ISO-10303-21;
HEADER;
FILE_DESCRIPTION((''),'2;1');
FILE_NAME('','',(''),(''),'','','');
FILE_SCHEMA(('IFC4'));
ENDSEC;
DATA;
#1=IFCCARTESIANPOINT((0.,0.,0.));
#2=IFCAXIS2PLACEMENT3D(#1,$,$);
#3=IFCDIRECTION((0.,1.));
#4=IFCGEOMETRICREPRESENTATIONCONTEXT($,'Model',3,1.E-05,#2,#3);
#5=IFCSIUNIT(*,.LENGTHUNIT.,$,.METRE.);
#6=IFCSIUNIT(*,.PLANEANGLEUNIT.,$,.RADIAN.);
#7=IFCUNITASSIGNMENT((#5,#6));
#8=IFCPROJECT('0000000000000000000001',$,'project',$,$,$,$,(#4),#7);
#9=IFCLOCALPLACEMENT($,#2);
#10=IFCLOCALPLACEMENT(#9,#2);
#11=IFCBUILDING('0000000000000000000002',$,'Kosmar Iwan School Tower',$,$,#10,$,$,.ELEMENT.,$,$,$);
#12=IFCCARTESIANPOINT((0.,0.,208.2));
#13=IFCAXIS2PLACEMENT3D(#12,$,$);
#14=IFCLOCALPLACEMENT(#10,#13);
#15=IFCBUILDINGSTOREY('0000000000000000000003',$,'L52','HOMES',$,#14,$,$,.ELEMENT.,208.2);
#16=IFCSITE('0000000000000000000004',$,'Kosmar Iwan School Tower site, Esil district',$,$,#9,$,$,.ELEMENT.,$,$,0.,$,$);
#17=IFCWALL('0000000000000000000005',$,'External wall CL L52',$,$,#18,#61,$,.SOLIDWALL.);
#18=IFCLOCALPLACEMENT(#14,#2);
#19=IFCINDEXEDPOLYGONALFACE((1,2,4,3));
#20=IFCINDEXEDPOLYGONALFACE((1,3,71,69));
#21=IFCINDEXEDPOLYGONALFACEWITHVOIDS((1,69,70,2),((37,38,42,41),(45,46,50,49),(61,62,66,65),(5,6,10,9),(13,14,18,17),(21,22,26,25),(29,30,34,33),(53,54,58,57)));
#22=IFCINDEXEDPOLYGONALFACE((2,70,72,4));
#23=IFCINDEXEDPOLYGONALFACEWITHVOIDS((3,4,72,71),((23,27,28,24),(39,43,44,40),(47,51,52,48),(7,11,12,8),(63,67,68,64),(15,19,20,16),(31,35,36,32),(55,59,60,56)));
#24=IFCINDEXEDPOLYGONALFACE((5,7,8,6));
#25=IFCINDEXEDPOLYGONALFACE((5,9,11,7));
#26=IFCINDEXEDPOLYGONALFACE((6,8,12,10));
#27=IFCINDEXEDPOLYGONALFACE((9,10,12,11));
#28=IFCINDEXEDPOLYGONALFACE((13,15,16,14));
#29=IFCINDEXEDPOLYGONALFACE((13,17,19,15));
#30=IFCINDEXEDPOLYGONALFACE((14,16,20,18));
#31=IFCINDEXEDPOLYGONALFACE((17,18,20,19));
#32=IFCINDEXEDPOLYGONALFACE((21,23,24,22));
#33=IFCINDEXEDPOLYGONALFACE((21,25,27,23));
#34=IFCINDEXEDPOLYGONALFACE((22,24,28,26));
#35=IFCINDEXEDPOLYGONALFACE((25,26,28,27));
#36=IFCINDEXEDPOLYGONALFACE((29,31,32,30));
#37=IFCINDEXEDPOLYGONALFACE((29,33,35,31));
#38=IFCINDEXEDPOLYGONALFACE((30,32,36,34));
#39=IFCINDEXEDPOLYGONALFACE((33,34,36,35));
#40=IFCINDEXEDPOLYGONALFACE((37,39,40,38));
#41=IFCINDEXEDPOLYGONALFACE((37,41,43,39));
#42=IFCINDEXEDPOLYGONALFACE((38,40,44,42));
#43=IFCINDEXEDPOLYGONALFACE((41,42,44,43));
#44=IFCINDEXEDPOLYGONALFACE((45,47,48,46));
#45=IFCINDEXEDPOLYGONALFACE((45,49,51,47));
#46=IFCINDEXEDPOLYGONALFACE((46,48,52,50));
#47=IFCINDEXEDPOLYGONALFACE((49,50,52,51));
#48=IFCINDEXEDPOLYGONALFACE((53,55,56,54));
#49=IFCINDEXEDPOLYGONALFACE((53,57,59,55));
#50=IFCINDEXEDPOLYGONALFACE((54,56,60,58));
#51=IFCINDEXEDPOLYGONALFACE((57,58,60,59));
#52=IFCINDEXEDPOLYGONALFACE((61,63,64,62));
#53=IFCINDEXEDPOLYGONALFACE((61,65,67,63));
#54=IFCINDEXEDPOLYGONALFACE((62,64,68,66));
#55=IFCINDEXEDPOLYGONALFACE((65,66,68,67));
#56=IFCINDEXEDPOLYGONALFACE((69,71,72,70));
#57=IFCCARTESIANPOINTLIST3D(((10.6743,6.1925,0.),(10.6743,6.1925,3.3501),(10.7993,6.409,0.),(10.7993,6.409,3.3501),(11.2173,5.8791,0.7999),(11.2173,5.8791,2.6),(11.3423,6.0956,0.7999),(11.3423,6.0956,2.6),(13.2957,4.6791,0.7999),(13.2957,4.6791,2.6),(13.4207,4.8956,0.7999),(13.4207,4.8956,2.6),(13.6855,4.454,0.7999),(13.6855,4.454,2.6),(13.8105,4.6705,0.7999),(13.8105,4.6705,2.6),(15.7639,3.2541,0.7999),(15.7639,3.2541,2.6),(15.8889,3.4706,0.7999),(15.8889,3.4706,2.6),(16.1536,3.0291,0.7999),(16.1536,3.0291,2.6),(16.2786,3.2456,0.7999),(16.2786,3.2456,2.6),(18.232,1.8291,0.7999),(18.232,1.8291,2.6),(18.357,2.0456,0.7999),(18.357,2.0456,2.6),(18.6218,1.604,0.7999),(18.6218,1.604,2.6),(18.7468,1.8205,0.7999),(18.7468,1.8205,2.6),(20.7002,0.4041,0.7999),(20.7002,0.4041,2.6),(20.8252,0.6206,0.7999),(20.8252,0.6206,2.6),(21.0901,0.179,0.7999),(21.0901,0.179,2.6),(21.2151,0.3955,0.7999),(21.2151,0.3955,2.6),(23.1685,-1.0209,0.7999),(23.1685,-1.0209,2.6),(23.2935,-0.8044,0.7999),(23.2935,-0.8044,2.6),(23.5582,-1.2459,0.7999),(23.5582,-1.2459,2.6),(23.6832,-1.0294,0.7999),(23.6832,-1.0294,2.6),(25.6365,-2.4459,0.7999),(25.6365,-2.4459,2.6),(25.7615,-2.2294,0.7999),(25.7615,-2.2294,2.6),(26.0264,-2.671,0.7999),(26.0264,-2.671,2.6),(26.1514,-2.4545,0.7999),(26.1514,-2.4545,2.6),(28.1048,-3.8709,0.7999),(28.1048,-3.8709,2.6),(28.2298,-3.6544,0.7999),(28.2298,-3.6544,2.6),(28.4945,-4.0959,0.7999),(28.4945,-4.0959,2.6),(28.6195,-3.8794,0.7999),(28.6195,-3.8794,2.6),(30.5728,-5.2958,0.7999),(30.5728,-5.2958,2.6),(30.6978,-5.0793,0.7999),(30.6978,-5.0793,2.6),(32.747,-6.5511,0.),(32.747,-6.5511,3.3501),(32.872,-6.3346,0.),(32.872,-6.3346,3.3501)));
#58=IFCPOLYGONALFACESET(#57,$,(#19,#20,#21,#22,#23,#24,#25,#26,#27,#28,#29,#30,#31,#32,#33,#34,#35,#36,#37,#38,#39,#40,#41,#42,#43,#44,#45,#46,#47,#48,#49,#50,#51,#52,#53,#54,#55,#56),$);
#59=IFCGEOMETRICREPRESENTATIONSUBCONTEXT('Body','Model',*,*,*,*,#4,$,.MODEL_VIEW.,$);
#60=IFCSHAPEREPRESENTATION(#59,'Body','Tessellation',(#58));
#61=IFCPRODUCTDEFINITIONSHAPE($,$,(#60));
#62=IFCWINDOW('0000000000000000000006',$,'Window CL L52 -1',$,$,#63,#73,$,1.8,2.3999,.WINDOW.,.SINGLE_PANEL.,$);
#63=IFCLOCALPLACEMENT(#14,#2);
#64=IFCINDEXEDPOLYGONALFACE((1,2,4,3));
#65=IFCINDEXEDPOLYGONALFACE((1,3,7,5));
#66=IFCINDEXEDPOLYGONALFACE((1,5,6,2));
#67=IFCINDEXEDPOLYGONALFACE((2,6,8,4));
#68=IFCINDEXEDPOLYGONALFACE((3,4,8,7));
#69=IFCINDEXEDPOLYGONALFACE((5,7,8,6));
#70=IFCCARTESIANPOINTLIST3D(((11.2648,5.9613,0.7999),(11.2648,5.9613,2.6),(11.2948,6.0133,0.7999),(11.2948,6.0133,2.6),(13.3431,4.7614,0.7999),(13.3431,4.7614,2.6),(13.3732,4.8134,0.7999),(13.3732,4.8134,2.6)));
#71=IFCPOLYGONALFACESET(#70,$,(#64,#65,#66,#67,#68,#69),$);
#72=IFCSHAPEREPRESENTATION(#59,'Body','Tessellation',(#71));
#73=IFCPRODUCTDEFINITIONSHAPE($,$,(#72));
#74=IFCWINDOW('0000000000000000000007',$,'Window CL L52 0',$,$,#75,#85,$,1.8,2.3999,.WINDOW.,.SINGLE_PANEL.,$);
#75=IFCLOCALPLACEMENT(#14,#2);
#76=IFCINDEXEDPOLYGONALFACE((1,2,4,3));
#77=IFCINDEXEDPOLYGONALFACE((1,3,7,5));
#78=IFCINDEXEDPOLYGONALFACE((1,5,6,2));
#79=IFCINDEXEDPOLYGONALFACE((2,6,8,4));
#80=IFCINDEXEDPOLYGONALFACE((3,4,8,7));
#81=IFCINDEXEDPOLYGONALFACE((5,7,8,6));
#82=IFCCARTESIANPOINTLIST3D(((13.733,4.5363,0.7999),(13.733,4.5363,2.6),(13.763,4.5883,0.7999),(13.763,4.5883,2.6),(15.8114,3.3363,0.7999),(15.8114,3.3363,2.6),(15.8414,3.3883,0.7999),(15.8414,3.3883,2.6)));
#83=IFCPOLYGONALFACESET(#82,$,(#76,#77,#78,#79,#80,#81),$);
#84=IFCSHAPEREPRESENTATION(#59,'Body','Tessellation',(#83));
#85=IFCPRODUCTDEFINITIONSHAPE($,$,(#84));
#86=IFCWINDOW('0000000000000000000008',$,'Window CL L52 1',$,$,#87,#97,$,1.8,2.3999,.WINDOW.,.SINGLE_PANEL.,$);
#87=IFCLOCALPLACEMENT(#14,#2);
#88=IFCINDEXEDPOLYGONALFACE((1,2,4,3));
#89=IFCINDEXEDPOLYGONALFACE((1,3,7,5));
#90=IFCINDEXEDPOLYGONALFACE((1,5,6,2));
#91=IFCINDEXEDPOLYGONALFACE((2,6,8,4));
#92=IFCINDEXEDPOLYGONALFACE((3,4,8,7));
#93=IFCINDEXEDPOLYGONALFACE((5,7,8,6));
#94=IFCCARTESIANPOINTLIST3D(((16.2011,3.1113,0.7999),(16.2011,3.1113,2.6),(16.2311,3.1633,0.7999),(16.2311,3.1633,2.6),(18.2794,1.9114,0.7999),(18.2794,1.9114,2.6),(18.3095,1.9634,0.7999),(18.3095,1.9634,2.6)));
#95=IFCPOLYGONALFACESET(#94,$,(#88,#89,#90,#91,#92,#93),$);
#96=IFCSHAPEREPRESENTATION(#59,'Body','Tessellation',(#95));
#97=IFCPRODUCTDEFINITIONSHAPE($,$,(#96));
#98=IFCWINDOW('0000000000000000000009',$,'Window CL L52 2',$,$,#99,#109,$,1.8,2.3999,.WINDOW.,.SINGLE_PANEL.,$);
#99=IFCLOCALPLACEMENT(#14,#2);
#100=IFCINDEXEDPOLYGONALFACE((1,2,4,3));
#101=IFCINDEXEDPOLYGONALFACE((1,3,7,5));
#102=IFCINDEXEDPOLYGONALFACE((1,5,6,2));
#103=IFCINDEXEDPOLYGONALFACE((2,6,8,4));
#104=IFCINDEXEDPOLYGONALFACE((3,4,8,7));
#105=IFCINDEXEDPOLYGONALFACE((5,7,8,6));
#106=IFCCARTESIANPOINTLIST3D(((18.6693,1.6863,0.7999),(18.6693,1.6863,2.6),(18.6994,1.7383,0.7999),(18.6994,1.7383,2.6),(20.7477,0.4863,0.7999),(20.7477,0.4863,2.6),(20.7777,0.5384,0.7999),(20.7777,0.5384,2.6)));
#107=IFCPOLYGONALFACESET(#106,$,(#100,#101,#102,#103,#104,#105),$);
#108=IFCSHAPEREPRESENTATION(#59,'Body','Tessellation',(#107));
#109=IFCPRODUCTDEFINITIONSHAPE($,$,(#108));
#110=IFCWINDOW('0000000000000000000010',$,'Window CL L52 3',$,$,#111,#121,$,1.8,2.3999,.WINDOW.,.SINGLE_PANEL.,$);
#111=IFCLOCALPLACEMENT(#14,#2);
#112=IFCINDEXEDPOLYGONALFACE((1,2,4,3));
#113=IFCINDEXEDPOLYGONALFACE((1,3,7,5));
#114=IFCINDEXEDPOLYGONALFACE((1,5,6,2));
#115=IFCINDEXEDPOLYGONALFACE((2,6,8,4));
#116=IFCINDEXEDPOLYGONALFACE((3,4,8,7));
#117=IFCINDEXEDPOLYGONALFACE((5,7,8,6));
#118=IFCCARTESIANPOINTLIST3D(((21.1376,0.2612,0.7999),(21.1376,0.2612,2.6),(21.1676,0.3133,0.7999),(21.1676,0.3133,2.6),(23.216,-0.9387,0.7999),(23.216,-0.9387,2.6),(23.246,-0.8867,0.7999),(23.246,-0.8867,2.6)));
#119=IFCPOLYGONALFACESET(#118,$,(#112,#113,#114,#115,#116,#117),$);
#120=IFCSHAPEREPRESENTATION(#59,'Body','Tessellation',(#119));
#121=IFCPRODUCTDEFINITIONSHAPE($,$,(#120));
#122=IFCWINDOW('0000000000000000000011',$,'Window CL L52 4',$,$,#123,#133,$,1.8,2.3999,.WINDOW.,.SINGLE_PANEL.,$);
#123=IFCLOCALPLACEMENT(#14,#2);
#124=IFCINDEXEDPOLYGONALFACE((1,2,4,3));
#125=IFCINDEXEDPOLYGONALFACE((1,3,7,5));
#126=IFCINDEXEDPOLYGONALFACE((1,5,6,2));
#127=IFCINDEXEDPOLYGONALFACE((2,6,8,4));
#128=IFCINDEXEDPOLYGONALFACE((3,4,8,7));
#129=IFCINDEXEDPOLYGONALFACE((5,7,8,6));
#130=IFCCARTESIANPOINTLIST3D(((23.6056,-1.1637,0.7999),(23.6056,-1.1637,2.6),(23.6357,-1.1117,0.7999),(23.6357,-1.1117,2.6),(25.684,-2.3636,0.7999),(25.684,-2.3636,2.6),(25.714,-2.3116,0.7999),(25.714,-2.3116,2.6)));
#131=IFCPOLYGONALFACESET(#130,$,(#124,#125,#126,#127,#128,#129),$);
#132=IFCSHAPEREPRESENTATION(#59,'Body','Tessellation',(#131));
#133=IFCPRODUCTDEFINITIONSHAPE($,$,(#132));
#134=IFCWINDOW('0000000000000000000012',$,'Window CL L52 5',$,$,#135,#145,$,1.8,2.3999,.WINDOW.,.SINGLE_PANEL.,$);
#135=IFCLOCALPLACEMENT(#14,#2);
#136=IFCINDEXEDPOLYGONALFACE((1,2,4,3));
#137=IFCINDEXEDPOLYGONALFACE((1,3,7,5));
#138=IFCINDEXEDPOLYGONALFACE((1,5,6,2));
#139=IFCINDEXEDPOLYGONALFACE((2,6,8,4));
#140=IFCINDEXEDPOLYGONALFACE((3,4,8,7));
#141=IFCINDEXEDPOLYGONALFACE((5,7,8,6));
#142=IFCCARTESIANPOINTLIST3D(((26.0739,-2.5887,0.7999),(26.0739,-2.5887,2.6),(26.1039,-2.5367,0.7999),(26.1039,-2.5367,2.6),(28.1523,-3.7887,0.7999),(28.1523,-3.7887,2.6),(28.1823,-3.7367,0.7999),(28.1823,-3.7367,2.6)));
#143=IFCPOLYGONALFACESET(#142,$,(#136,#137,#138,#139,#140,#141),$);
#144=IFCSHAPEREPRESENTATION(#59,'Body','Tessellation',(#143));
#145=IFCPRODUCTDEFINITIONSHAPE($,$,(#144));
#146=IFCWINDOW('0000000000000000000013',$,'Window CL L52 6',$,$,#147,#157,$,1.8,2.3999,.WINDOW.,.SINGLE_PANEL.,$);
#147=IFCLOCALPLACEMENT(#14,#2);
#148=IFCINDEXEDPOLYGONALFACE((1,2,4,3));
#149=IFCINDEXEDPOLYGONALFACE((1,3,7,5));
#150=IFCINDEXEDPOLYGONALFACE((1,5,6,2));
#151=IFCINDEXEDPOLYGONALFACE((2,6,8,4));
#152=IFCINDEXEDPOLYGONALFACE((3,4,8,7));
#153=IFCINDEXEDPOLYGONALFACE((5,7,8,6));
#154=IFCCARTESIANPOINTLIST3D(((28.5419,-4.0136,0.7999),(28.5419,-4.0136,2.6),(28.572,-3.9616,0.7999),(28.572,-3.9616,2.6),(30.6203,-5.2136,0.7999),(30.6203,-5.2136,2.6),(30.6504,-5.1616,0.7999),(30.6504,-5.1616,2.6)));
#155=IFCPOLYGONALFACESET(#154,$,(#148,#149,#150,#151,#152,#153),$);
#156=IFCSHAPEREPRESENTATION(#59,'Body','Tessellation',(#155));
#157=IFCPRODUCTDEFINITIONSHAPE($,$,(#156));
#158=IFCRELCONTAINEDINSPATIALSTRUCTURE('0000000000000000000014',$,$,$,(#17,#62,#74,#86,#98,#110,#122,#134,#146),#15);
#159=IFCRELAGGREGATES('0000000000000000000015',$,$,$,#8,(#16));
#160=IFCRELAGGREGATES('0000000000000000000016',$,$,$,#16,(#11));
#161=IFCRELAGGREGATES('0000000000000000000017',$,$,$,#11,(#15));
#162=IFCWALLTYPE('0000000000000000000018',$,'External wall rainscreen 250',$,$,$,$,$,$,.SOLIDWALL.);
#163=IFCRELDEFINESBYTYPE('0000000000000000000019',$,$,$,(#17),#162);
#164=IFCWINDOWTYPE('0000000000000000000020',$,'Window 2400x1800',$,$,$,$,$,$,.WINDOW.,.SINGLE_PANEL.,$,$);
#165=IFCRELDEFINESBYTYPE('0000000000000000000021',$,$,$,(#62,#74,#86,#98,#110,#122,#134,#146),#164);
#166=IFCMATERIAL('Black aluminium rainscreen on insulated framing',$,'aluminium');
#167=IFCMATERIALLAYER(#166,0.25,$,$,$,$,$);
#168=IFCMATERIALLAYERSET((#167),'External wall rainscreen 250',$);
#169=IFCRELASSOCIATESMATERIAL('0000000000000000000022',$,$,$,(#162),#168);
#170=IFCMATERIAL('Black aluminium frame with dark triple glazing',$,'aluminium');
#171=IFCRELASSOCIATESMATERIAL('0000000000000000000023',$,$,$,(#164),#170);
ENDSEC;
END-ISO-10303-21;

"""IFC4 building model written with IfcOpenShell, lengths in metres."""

from ifc_helpers import new_model, si_unit, direction, frame, frame_2d, origin, place, context, subcontext, project, spatial, rectangle, extrude, material, layer, layer_set, type_object, element, fill, save


model = new_model("IFC4")

# Units and contexts
model_context = context("Model", 3, precision=1e-05, world=origin(), true_north=direction((0.0, 1.0)))
body_context = subcontext(model_context, "Body", "Model", "MODEL_VIEW")
ifc_project = project(units=[si_unit("LENGTHUNIT", "METRE"), si_unit("PLANEANGLEUNIT", "RADIAN")], contexts=[model_context])

# Site, building, storey
site_placement = place(None, origin())
site = spatial("IfcSite", under=ifc_project, at=site_placement, Name="Kosmar Iwan School Tower site, Esil district", CompositionType="ELEMENT", RefElevation=0.0)
building_placement = place(site_placement, origin())
building = spatial("IfcBuilding", under=site, at=building_placement, Name="Kosmar Iwan School Tower", CompositionType="ELEMENT")
storey_placement = place(building_placement, frame((0.0, 0.0, 208.2)))
storey = spatial("IfcBuildingStorey", under=building, at=storey_placement, Name="L52", Description="HOMES", CompositionType="ELEMENT", Elevation=208.2)

# Wall, openings, windows
ifc_material_1 = material(Name="Black aluminium rainscreen on insulated framing", Category="aluminium")
ifc_layer_1 = layer(ifc_material_1, 0.25)
ifc_layer_set_1 = layer_set([ifc_layer_1], Name="External wall rainscreen 250")
wall_type_1 = type_object("IfcWallType", Name="External wall rainscreen 250", PredefinedType="SOLIDWALL", material=ifc_layer_set_1)
wall_1_placement = place(storey_placement, frame((10.7368, 6.3008, 0.0), z_axis=(0.0, 0.0, 1.0), x_axis=(0.866026, -0.499998, 0.0)))
wall_1 = element("IfcWall", 1, at=wall_1_placement, inside=storey, type_object=wall_type_1, Name="External wall CL L52", PredefinedType="SOLIDWALL", context=body_context, shape_type="SweptSolid", body=[
    extrude(rectangle(XDim=25.4873, YDim=0.25, at=frame_2d((12.7437, 0.0))), origin(), (0.0, 0.0, 1.0), 3.3501),
])
opening_1_placement = place(wall_1_placement, frame((0.627, 0.0, 0.8)))
opening_1 = element("IfcOpeningElement", 2, at=opening_1_placement, cuts=wall_1, PredefinedType="OPENING", context=body_context, shape_type="SweptSolid", body=[
    extrude(rectangle(XDim=2.3999, YDim=1.8, at=frame_2d((1.2, 0.8999))), frame((0.0, 0.137, 0.0), z_axis=(0.0, -1.0, 0.0), x_axis=(1.0, 0.0, 0.0)), (0.0, 0.0, 1.0), 0.2739),
])
opening_2_placement = place(wall_1_placement, frame((3.4771, 0.0, 0.8)))
opening_2 = element("IfcOpeningElement", 3, at=opening_2_placement, cuts=wall_1, PredefinedType="OPENING", context=body_context, shape_type="SweptSolid", body=[
    extrude(rectangle(XDim=2.3999, YDim=1.8, at=frame_2d((1.2, 0.8999))), frame((0.0, 0.137, 0.0), z_axis=(0.0, -1.0, 0.0), x_axis=(1.0, 0.0, 0.0)), (0.0, 0.0, 1.0), 0.2739),
])
opening_3_placement = place(wall_1_placement, frame((6.3269, 0.0, 0.8)))
opening_3 = element("IfcOpeningElement", 4, at=opening_3_placement, cuts=wall_1, PredefinedType="OPENING", context=body_context, shape_type="SweptSolid", body=[
    extrude(rectangle(XDim=2.3999, YDim=1.8, at=frame_2d((1.2, 0.8999))), frame((0.0, 0.137, 0.0), z_axis=(0.0, -1.0, 0.0), x_axis=(1.0, 0.0, 0.0)), (0.0, 0.0, 1.0), 0.2739),
])
opening_4_placement = place(wall_1_placement, frame((9.177, 0.0, 0.8)))
opening_4 = element("IfcOpeningElement", 5, at=opening_4_placement, cuts=wall_1, PredefinedType="OPENING", context=body_context, shape_type="SweptSolid", body=[
    extrude(rectangle(XDim=2.3999, YDim=1.8, at=frame_2d((1.2, 0.8999))), frame((0.0, 0.137, 0.0), z_axis=(0.0, -1.0, 0.0), x_axis=(1.0, 0.0, 0.0)), (0.0, 0.0, 1.0), 0.2739),
])
opening_5_placement = place(wall_1_placement, frame((12.0271, 0.0, 0.8)))
opening_5 = element("IfcOpeningElement", 6, at=opening_5_placement, cuts=wall_1, PredefinedType="OPENING", context=body_context, shape_type="SweptSolid", body=[
    extrude(rectangle(XDim=2.3999, YDim=1.8, at=frame_2d((1.2, 0.8999))), frame((0.0, 0.137, 0.0), z_axis=(0.0, -1.0, 0.0), x_axis=(1.0, 0.0, 0.0)), (0.0, 0.0, 1.0), 0.2739),
])
opening_6_placement = place(wall_1_placement, frame((14.877, 0.0, 0.8)))
opening_6 = element("IfcOpeningElement", 7, at=opening_6_placement, cuts=wall_1, PredefinedType="OPENING", context=body_context, shape_type="SweptSolid", body=[
    extrude(rectangle(XDim=2.3999, YDim=1.8, at=frame_2d((1.2, 0.8999))), frame((0.0, 0.137, 0.0), z_axis=(0.0, -1.0, 0.0), x_axis=(1.0, 0.0, 0.0)), (0.0, 0.0, 1.0), 0.2739),
])
opening_7_placement = place(wall_1_placement, frame((17.7271, 0.0, 0.8)))
opening_7 = element("IfcOpeningElement", 8, at=opening_7_placement, cuts=wall_1, PredefinedType="OPENING", context=body_context, shape_type="SweptSolid", body=[
    extrude(rectangle(XDim=2.3999, YDim=1.8, at=frame_2d((1.2, 0.8999))), frame((0.0, 0.137, 0.0), z_axis=(0.0, -1.0, 0.0), x_axis=(1.0, 0.0, 0.0)), (0.0, 0.0, 1.0), 0.2739),
])
opening_8_placement = place(wall_1_placement, frame((20.5769, 0.0, 0.8)))
opening_8 = element("IfcOpeningElement", 9, at=opening_8_placement, cuts=wall_1, PredefinedType="OPENING", context=body_context, shape_type="SweptSolid", body=[
    extrude(rectangle(XDim=2.3999, YDim=1.8, at=frame_2d((1.2, 0.8999))), frame((0.0, 0.137, 0.0), z_axis=(0.0, -1.0, 0.0), x_axis=(1.0, 0.0, 0.0)), (0.0, 0.0, 1.0), 0.2739),
])
ifc_material_2 = material(Name="Black aluminium frame with dark triple glazing", Category="aluminium")
window_type = type_object("IfcWindowType", Name="Window 2400x1800", PartitioningType="SINGLE_PANEL", PredefinedType="WINDOW", material=ifc_material_2)
window_1_placement = place(opening_1_placement, origin())
window_1 = element("IfcWindow", 10, at=window_1_placement, inside=storey, type_object=window_type, Name="Window CL L52 -1", OverallHeight=1.8, OverallWidth=2.3999, PartitioningType="SINGLE_PANEL", PredefinedType="WINDOW", context=body_context, shape_type="SweptSolid", body=[
    extrude(rectangle(XDim=2.3999, YDim=1.8, at=frame_2d((1.2, 0.8999))), frame((0.0, 0.03, 0.0), z_axis=(0.0, -1.0, 0.0), x_axis=(1.0, 0.0, 0.0)), (0.0, 0.0, 1.0), 0.0601),
])
fill(opening_1, window_1)
window_2_placement = place(opening_2_placement, origin())
window_2 = element("IfcWindow", 11, at=window_2_placement, inside=storey, type_object=window_type, Name="Window CL L52 0", OverallHeight=1.8, OverallWidth=2.3999, PartitioningType="SINGLE_PANEL", PredefinedType="WINDOW", context=body_context, shape_type="SweptSolid", body=[
    extrude(rectangle(XDim=2.3999, YDim=1.8, at=frame_2d((1.2, 0.8999))), frame((0.0, 0.03, 0.0), z_axis=(0.0, -1.0, 0.0), x_axis=(1.0, 0.0, 0.0)), (0.0, 0.0, 1.0), 0.0601),
])
fill(opening_2, window_2)
window_3_placement = place(opening_3_placement, origin())
window_3 = element("IfcWindow", 12, at=window_3_placement, inside=storey, type_object=window_type, Name="Window CL L52 1", OverallHeight=1.8, OverallWidth=2.3999, PartitioningType="SINGLE_PANEL", PredefinedType="WINDOW", context=body_context, shape_type="SweptSolid", body=[
    extrude(rectangle(XDim=2.3999, YDim=1.8, at=frame_2d((1.2, 0.8999))), frame((0.0, 0.03, 0.0), z_axis=(0.0, -1.0, 0.0), x_axis=(1.0, 0.0, 0.0)), (0.0, 0.0, 1.0), 0.0601),
])
fill(opening_3, window_3)
window_4_placement = place(opening_4_placement, origin())
window_4 = element("IfcWindow", 13, at=window_4_placement, inside=storey, type_object=window_type, Name="Window CL L52 2", OverallHeight=1.8, OverallWidth=2.3999, PartitioningType="SINGLE_PANEL", PredefinedType="WINDOW", context=body_context, shape_type="SweptSolid", body=[
    extrude(rectangle(XDim=2.3999, YDim=1.8, at=frame_2d((1.2, 0.8999))), frame((0.0, 0.03, 0.0), z_axis=(0.0, -1.0, 0.0), x_axis=(1.0, 0.0, 0.0)), (0.0, 0.0, 1.0), 0.0601),
])
fill(opening_4, window_4)
window_5_placement = place(opening_5_placement, origin())
window_5 = element("IfcWindow", 14, at=window_5_placement, inside=storey, type_object=window_type, Name="Window CL L52 3", OverallHeight=1.8, OverallWidth=2.3999, PartitioningType="SINGLE_PANEL", PredefinedType="WINDOW", context=body_context, shape_type="SweptSolid", body=[
    extrude(rectangle(XDim=2.3999, YDim=1.8, at=frame_2d((1.2, 0.8999))), frame((0.0, 0.03, 0.0), z_axis=(0.0, -1.0, 0.0), x_axis=(1.0, 0.0, 0.0)), (0.0, 0.0, 1.0), 0.0601),
])
fill(opening_5, window_5)
window_6_placement = place(opening_6_placement, origin())
window_6 = element("IfcWindow", 15, at=window_6_placement, inside=storey, type_object=window_type, Name="Window CL L52 4", OverallHeight=1.8, OverallWidth=2.3999, PartitioningType="SINGLE_PANEL", PredefinedType="WINDOW", context=body_context, shape_type="SweptSolid", body=[
    extrude(rectangle(XDim=2.3999, YDim=1.8, at=frame_2d((1.2, 0.8999))), frame((0.0, 0.03, 0.0), z_axis=(0.0, -1.0, 0.0), x_axis=(1.0, 0.0, 0.0)), (0.0, 0.0, 1.0), 0.0601),
])
fill(opening_6, window_6)
window_7_placement = place(opening_7_placement, origin())
window_7 = element("IfcWindow", 16, at=window_7_placement, inside=storey, type_object=window_type, Name="Window CL L52 5", OverallHeight=1.8, OverallWidth=2.3999, PartitioningType="SINGLE_PANEL", PredefinedType="WINDOW", context=body_context, shape_type="SweptSolid", body=[
    extrude(rectangle(XDim=2.3999, YDim=1.8, at=frame_2d((1.2, 0.8999))), frame((0.0, 0.03, 0.0), z_axis=(0.0, -1.0, 0.0), x_axis=(1.0, 0.0, 0.0)), (0.0, 0.0, 1.0), 0.0601),
])
fill(opening_7, window_7)
window_8_placement = place(opening_8_placement, origin())
window_8 = element("IfcWindow", 17, at=window_8_placement, inside=storey, type_object=window_type, Name="Window CL L52 6", OverallHeight=1.8, OverallWidth=2.3999, PartitioningType="SINGLE_PANEL", PredefinedType="WINDOW", context=body_context, shape_type="SweptSolid", body=[
    extrude(rectangle(XDim=2.3999, YDim=1.8, at=frame_2d((1.2, 0.8999))), frame((0.0, 0.03, 0.0), z_axis=(0.0, -1.0, 0.0), x_axis=(1.0, 0.0, 0.0)), (0.0, 0.0, 1.0), 0.0601),
])
fill(opening_8, window_8)

save(model, "model.ifc")
